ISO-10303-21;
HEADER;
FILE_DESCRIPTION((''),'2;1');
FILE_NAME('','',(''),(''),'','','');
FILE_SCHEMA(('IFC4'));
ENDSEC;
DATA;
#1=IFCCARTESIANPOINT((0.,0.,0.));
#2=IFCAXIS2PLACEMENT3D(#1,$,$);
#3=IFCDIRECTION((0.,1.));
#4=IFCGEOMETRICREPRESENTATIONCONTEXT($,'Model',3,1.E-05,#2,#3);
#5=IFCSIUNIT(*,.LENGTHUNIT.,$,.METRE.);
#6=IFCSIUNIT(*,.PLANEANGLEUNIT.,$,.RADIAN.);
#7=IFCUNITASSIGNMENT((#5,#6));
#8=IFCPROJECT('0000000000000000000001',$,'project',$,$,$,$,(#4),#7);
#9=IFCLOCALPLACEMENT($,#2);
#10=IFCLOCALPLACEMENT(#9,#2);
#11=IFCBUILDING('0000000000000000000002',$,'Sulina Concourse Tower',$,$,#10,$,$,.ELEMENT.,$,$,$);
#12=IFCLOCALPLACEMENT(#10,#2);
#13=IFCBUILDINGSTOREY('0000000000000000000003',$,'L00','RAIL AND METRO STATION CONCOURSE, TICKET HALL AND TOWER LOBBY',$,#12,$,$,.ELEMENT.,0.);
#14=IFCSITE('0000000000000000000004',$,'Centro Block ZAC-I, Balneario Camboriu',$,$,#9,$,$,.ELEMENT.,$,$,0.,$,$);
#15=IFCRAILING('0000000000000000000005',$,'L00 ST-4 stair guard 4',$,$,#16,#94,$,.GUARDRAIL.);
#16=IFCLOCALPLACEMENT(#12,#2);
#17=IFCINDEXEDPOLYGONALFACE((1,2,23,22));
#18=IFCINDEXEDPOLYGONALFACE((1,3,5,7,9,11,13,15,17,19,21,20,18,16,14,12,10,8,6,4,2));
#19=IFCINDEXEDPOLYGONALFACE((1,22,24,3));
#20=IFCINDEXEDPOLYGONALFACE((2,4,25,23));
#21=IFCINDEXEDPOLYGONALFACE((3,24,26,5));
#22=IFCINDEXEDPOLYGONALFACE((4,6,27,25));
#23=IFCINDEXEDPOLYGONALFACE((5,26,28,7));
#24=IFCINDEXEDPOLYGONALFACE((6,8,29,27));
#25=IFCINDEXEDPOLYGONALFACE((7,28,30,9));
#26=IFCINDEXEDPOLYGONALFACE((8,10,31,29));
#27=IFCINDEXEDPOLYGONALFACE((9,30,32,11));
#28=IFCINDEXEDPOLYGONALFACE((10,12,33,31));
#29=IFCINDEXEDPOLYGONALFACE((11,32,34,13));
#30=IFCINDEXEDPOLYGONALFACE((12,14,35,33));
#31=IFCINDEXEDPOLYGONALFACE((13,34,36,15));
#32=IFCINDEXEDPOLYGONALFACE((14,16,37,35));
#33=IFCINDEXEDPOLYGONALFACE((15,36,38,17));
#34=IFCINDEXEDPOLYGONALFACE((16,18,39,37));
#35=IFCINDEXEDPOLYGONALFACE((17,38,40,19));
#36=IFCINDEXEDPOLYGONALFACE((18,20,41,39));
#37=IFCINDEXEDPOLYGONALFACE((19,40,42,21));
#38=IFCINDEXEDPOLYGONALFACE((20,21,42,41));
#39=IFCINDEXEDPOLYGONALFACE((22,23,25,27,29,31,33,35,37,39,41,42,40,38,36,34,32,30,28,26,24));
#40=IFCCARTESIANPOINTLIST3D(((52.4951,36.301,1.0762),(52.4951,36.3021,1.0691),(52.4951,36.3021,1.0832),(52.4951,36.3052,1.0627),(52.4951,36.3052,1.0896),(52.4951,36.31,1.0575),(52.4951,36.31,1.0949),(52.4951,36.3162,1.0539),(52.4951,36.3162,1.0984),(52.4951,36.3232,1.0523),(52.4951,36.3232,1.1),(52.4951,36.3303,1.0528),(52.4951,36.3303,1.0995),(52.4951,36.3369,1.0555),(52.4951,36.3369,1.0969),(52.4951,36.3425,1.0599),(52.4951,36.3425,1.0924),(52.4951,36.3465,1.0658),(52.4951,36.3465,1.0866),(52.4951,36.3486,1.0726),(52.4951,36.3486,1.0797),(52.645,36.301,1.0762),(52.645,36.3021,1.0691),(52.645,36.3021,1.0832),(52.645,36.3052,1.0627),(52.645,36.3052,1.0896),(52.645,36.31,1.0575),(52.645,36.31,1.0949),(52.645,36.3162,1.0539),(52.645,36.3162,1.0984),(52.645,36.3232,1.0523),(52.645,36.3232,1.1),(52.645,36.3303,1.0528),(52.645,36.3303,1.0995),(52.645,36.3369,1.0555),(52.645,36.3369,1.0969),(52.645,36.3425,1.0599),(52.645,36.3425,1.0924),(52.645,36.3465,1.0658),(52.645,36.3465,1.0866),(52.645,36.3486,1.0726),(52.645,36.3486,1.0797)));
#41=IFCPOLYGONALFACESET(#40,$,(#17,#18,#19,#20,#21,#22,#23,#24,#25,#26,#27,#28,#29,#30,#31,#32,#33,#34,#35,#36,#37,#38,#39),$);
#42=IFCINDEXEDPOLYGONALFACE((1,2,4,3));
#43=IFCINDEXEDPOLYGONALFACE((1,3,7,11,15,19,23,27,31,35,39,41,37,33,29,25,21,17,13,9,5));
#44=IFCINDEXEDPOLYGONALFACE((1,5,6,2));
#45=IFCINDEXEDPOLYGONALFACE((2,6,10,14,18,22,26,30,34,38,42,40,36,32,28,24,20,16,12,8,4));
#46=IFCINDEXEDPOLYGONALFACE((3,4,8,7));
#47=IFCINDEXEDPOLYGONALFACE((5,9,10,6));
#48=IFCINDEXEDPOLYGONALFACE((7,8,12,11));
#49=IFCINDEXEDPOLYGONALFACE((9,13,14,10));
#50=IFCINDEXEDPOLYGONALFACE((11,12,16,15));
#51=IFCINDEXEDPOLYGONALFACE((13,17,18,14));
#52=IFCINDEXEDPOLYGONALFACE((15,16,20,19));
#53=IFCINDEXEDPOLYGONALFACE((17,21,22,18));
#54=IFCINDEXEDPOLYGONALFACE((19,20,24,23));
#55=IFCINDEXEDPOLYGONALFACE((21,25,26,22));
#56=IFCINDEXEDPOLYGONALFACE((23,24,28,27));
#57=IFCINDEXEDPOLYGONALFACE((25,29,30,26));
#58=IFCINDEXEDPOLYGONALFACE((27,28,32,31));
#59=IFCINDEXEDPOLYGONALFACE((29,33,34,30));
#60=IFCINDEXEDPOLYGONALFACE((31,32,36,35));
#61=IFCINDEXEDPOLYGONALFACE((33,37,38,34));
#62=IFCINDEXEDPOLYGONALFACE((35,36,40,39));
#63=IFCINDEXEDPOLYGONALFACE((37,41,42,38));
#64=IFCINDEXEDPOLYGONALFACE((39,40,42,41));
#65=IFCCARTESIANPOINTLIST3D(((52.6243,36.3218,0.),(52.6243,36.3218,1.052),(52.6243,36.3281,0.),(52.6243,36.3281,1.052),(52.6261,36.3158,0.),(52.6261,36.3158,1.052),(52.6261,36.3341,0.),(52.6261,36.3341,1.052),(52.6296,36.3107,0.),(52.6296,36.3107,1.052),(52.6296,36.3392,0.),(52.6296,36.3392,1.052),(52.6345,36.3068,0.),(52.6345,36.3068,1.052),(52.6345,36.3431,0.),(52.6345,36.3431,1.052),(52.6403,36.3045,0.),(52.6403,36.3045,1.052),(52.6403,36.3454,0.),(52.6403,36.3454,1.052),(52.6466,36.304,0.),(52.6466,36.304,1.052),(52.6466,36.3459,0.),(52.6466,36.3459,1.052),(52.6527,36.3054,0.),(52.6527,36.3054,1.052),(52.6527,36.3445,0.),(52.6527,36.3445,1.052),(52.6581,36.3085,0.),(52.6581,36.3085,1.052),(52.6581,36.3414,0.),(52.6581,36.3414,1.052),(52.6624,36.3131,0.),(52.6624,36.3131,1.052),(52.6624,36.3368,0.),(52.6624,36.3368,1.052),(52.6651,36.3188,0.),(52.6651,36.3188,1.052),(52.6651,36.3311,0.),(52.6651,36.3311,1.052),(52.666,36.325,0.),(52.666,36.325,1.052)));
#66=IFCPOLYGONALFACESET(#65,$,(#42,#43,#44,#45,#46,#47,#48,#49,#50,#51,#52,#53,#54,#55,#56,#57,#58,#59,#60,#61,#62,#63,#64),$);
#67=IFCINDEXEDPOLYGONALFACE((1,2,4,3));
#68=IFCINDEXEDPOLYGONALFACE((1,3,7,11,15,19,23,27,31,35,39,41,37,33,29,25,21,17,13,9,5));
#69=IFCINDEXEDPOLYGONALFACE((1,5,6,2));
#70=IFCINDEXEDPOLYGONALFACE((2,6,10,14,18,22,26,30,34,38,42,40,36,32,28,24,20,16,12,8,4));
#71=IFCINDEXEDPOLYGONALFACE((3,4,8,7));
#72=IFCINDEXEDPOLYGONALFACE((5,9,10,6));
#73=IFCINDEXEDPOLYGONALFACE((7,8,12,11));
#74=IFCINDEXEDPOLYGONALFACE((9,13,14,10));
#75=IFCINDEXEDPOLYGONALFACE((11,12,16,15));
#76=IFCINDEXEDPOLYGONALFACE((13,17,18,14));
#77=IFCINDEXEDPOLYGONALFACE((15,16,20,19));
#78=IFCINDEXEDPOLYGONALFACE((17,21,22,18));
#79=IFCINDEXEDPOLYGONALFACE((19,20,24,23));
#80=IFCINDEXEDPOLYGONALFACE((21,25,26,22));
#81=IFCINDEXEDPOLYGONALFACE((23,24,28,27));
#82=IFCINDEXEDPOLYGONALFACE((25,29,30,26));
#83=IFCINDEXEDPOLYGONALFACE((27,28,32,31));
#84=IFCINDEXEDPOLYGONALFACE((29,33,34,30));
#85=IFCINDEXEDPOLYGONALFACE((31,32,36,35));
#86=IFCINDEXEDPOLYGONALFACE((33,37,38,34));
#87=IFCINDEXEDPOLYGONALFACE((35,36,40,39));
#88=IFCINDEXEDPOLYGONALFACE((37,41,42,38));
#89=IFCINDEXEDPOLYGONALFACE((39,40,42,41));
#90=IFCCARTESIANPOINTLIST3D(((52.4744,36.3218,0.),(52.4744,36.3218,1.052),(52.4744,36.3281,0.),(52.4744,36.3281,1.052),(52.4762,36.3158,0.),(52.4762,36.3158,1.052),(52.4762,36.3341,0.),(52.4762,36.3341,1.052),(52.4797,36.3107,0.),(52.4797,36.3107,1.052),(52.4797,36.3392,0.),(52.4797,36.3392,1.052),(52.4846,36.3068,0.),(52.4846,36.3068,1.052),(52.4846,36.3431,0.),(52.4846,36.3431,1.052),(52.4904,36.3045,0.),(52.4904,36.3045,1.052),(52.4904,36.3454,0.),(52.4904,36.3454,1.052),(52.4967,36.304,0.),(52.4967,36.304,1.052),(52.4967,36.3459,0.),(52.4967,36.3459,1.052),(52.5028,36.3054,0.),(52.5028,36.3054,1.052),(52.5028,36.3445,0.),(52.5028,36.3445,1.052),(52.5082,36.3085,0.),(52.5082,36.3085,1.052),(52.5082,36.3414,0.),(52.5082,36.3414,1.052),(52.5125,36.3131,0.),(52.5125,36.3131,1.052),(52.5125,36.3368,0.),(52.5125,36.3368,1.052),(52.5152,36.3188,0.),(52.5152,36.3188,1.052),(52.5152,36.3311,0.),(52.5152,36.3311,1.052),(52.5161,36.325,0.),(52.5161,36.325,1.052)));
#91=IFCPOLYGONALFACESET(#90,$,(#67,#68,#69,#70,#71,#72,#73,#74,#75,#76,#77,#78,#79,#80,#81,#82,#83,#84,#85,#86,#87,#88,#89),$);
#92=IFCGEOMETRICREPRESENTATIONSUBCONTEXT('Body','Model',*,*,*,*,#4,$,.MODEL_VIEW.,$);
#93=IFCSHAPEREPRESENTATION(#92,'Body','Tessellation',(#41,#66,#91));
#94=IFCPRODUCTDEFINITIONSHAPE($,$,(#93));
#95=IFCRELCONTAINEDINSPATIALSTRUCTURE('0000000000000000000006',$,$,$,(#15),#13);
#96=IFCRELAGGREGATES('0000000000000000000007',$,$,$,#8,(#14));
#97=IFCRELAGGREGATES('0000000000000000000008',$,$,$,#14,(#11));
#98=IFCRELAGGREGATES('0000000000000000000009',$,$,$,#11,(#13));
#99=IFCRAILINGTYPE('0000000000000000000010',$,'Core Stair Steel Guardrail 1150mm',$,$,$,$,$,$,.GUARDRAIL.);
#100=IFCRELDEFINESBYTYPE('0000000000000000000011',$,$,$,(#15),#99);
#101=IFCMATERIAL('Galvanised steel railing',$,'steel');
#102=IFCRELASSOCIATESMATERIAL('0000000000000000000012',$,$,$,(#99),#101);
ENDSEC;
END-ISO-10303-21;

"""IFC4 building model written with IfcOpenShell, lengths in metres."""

from ifc_helpers import new_model, si_unit, direction, frame, origin, origin_2d, place, context, subcontext, project, spatial, circle, extrude, material, type_object, element, save


model = new_model("IFC4")

# Units and contexts
model_context = context("Model", 3, precision=1e-05, world=origin(), true_north=direction((0.0, 1.0)))
body_context = subcontext(model_context, "Body", "Model", "MODEL_VIEW")
ifc_project = project(units=[si_unit("LENGTHUNIT", "METRE"), si_unit("PLANEANGLEUNIT", "RADIAN")], contexts=[model_context])

# Site, building, storey
site_placement = place(None, origin())
site = spatial("IfcSite", under=ifc_project, at=site_placement, Name="Centro Block ZAC-I, Balneario Camboriu", CompositionType="ELEMENT", RefElevation=0.0)
building_placement = place(site_placement, origin())
building = spatial("IfcBuilding", under=site, at=building_placement, Name="Sulina Concourse Tower", CompositionType="ELEMENT")
storey_placement = place(building_placement, origin())
storey = spatial("IfcBuildingStorey", under=building, at=storey_placement, Name="L00", Description="RAIL AND METRO STATION CONCOURSE, TICKET HALL AND TOWER LOBBY", CompositionType="ELEMENT", Elevation=0.0)

# Railing
ifc_material_1 = material(Name="Galvanised steel railing", Category="steel")
railing_type_1 = type_object("IfcRailingType", Name="Core Stair Steel Guardrail 1150mm", PredefinedType="GUARDRAIL", material=ifc_material_1)
railing_1_placement = place(storey_placement, frame((52.645, 36.325, 0.0)))
element("IfcRailing", 1, at=railing_1_placement, inside=storey, type_object=railing_type_1, Name="L00 ST-4 stair guard 4", PredefinedType="GUARDRAIL", context=body_context, shape_type="SweptSolid", body=[
    extrude(circle(Radius=0.0239, at=origin_2d()), frame((0.0, 0.0, 1.0762), z_axis=(-1.0, 0.0, 0.0), x_axis=(0.0, -1.0, 0.0)), (0.0, 0.0, 1.0), 0.1499),
    extrude(circle(Radius=0.021, at=origin_2d()), origin(), (0.0, 0.0, 1.0), 1.052),
    extrude(circle(Radius=0.021, at=origin_2d()), frame((-0.1499, 0.0, 0.0)), (0.0, 0.0, 1.0), 1.052),
])

save(model, "model.ifc")
